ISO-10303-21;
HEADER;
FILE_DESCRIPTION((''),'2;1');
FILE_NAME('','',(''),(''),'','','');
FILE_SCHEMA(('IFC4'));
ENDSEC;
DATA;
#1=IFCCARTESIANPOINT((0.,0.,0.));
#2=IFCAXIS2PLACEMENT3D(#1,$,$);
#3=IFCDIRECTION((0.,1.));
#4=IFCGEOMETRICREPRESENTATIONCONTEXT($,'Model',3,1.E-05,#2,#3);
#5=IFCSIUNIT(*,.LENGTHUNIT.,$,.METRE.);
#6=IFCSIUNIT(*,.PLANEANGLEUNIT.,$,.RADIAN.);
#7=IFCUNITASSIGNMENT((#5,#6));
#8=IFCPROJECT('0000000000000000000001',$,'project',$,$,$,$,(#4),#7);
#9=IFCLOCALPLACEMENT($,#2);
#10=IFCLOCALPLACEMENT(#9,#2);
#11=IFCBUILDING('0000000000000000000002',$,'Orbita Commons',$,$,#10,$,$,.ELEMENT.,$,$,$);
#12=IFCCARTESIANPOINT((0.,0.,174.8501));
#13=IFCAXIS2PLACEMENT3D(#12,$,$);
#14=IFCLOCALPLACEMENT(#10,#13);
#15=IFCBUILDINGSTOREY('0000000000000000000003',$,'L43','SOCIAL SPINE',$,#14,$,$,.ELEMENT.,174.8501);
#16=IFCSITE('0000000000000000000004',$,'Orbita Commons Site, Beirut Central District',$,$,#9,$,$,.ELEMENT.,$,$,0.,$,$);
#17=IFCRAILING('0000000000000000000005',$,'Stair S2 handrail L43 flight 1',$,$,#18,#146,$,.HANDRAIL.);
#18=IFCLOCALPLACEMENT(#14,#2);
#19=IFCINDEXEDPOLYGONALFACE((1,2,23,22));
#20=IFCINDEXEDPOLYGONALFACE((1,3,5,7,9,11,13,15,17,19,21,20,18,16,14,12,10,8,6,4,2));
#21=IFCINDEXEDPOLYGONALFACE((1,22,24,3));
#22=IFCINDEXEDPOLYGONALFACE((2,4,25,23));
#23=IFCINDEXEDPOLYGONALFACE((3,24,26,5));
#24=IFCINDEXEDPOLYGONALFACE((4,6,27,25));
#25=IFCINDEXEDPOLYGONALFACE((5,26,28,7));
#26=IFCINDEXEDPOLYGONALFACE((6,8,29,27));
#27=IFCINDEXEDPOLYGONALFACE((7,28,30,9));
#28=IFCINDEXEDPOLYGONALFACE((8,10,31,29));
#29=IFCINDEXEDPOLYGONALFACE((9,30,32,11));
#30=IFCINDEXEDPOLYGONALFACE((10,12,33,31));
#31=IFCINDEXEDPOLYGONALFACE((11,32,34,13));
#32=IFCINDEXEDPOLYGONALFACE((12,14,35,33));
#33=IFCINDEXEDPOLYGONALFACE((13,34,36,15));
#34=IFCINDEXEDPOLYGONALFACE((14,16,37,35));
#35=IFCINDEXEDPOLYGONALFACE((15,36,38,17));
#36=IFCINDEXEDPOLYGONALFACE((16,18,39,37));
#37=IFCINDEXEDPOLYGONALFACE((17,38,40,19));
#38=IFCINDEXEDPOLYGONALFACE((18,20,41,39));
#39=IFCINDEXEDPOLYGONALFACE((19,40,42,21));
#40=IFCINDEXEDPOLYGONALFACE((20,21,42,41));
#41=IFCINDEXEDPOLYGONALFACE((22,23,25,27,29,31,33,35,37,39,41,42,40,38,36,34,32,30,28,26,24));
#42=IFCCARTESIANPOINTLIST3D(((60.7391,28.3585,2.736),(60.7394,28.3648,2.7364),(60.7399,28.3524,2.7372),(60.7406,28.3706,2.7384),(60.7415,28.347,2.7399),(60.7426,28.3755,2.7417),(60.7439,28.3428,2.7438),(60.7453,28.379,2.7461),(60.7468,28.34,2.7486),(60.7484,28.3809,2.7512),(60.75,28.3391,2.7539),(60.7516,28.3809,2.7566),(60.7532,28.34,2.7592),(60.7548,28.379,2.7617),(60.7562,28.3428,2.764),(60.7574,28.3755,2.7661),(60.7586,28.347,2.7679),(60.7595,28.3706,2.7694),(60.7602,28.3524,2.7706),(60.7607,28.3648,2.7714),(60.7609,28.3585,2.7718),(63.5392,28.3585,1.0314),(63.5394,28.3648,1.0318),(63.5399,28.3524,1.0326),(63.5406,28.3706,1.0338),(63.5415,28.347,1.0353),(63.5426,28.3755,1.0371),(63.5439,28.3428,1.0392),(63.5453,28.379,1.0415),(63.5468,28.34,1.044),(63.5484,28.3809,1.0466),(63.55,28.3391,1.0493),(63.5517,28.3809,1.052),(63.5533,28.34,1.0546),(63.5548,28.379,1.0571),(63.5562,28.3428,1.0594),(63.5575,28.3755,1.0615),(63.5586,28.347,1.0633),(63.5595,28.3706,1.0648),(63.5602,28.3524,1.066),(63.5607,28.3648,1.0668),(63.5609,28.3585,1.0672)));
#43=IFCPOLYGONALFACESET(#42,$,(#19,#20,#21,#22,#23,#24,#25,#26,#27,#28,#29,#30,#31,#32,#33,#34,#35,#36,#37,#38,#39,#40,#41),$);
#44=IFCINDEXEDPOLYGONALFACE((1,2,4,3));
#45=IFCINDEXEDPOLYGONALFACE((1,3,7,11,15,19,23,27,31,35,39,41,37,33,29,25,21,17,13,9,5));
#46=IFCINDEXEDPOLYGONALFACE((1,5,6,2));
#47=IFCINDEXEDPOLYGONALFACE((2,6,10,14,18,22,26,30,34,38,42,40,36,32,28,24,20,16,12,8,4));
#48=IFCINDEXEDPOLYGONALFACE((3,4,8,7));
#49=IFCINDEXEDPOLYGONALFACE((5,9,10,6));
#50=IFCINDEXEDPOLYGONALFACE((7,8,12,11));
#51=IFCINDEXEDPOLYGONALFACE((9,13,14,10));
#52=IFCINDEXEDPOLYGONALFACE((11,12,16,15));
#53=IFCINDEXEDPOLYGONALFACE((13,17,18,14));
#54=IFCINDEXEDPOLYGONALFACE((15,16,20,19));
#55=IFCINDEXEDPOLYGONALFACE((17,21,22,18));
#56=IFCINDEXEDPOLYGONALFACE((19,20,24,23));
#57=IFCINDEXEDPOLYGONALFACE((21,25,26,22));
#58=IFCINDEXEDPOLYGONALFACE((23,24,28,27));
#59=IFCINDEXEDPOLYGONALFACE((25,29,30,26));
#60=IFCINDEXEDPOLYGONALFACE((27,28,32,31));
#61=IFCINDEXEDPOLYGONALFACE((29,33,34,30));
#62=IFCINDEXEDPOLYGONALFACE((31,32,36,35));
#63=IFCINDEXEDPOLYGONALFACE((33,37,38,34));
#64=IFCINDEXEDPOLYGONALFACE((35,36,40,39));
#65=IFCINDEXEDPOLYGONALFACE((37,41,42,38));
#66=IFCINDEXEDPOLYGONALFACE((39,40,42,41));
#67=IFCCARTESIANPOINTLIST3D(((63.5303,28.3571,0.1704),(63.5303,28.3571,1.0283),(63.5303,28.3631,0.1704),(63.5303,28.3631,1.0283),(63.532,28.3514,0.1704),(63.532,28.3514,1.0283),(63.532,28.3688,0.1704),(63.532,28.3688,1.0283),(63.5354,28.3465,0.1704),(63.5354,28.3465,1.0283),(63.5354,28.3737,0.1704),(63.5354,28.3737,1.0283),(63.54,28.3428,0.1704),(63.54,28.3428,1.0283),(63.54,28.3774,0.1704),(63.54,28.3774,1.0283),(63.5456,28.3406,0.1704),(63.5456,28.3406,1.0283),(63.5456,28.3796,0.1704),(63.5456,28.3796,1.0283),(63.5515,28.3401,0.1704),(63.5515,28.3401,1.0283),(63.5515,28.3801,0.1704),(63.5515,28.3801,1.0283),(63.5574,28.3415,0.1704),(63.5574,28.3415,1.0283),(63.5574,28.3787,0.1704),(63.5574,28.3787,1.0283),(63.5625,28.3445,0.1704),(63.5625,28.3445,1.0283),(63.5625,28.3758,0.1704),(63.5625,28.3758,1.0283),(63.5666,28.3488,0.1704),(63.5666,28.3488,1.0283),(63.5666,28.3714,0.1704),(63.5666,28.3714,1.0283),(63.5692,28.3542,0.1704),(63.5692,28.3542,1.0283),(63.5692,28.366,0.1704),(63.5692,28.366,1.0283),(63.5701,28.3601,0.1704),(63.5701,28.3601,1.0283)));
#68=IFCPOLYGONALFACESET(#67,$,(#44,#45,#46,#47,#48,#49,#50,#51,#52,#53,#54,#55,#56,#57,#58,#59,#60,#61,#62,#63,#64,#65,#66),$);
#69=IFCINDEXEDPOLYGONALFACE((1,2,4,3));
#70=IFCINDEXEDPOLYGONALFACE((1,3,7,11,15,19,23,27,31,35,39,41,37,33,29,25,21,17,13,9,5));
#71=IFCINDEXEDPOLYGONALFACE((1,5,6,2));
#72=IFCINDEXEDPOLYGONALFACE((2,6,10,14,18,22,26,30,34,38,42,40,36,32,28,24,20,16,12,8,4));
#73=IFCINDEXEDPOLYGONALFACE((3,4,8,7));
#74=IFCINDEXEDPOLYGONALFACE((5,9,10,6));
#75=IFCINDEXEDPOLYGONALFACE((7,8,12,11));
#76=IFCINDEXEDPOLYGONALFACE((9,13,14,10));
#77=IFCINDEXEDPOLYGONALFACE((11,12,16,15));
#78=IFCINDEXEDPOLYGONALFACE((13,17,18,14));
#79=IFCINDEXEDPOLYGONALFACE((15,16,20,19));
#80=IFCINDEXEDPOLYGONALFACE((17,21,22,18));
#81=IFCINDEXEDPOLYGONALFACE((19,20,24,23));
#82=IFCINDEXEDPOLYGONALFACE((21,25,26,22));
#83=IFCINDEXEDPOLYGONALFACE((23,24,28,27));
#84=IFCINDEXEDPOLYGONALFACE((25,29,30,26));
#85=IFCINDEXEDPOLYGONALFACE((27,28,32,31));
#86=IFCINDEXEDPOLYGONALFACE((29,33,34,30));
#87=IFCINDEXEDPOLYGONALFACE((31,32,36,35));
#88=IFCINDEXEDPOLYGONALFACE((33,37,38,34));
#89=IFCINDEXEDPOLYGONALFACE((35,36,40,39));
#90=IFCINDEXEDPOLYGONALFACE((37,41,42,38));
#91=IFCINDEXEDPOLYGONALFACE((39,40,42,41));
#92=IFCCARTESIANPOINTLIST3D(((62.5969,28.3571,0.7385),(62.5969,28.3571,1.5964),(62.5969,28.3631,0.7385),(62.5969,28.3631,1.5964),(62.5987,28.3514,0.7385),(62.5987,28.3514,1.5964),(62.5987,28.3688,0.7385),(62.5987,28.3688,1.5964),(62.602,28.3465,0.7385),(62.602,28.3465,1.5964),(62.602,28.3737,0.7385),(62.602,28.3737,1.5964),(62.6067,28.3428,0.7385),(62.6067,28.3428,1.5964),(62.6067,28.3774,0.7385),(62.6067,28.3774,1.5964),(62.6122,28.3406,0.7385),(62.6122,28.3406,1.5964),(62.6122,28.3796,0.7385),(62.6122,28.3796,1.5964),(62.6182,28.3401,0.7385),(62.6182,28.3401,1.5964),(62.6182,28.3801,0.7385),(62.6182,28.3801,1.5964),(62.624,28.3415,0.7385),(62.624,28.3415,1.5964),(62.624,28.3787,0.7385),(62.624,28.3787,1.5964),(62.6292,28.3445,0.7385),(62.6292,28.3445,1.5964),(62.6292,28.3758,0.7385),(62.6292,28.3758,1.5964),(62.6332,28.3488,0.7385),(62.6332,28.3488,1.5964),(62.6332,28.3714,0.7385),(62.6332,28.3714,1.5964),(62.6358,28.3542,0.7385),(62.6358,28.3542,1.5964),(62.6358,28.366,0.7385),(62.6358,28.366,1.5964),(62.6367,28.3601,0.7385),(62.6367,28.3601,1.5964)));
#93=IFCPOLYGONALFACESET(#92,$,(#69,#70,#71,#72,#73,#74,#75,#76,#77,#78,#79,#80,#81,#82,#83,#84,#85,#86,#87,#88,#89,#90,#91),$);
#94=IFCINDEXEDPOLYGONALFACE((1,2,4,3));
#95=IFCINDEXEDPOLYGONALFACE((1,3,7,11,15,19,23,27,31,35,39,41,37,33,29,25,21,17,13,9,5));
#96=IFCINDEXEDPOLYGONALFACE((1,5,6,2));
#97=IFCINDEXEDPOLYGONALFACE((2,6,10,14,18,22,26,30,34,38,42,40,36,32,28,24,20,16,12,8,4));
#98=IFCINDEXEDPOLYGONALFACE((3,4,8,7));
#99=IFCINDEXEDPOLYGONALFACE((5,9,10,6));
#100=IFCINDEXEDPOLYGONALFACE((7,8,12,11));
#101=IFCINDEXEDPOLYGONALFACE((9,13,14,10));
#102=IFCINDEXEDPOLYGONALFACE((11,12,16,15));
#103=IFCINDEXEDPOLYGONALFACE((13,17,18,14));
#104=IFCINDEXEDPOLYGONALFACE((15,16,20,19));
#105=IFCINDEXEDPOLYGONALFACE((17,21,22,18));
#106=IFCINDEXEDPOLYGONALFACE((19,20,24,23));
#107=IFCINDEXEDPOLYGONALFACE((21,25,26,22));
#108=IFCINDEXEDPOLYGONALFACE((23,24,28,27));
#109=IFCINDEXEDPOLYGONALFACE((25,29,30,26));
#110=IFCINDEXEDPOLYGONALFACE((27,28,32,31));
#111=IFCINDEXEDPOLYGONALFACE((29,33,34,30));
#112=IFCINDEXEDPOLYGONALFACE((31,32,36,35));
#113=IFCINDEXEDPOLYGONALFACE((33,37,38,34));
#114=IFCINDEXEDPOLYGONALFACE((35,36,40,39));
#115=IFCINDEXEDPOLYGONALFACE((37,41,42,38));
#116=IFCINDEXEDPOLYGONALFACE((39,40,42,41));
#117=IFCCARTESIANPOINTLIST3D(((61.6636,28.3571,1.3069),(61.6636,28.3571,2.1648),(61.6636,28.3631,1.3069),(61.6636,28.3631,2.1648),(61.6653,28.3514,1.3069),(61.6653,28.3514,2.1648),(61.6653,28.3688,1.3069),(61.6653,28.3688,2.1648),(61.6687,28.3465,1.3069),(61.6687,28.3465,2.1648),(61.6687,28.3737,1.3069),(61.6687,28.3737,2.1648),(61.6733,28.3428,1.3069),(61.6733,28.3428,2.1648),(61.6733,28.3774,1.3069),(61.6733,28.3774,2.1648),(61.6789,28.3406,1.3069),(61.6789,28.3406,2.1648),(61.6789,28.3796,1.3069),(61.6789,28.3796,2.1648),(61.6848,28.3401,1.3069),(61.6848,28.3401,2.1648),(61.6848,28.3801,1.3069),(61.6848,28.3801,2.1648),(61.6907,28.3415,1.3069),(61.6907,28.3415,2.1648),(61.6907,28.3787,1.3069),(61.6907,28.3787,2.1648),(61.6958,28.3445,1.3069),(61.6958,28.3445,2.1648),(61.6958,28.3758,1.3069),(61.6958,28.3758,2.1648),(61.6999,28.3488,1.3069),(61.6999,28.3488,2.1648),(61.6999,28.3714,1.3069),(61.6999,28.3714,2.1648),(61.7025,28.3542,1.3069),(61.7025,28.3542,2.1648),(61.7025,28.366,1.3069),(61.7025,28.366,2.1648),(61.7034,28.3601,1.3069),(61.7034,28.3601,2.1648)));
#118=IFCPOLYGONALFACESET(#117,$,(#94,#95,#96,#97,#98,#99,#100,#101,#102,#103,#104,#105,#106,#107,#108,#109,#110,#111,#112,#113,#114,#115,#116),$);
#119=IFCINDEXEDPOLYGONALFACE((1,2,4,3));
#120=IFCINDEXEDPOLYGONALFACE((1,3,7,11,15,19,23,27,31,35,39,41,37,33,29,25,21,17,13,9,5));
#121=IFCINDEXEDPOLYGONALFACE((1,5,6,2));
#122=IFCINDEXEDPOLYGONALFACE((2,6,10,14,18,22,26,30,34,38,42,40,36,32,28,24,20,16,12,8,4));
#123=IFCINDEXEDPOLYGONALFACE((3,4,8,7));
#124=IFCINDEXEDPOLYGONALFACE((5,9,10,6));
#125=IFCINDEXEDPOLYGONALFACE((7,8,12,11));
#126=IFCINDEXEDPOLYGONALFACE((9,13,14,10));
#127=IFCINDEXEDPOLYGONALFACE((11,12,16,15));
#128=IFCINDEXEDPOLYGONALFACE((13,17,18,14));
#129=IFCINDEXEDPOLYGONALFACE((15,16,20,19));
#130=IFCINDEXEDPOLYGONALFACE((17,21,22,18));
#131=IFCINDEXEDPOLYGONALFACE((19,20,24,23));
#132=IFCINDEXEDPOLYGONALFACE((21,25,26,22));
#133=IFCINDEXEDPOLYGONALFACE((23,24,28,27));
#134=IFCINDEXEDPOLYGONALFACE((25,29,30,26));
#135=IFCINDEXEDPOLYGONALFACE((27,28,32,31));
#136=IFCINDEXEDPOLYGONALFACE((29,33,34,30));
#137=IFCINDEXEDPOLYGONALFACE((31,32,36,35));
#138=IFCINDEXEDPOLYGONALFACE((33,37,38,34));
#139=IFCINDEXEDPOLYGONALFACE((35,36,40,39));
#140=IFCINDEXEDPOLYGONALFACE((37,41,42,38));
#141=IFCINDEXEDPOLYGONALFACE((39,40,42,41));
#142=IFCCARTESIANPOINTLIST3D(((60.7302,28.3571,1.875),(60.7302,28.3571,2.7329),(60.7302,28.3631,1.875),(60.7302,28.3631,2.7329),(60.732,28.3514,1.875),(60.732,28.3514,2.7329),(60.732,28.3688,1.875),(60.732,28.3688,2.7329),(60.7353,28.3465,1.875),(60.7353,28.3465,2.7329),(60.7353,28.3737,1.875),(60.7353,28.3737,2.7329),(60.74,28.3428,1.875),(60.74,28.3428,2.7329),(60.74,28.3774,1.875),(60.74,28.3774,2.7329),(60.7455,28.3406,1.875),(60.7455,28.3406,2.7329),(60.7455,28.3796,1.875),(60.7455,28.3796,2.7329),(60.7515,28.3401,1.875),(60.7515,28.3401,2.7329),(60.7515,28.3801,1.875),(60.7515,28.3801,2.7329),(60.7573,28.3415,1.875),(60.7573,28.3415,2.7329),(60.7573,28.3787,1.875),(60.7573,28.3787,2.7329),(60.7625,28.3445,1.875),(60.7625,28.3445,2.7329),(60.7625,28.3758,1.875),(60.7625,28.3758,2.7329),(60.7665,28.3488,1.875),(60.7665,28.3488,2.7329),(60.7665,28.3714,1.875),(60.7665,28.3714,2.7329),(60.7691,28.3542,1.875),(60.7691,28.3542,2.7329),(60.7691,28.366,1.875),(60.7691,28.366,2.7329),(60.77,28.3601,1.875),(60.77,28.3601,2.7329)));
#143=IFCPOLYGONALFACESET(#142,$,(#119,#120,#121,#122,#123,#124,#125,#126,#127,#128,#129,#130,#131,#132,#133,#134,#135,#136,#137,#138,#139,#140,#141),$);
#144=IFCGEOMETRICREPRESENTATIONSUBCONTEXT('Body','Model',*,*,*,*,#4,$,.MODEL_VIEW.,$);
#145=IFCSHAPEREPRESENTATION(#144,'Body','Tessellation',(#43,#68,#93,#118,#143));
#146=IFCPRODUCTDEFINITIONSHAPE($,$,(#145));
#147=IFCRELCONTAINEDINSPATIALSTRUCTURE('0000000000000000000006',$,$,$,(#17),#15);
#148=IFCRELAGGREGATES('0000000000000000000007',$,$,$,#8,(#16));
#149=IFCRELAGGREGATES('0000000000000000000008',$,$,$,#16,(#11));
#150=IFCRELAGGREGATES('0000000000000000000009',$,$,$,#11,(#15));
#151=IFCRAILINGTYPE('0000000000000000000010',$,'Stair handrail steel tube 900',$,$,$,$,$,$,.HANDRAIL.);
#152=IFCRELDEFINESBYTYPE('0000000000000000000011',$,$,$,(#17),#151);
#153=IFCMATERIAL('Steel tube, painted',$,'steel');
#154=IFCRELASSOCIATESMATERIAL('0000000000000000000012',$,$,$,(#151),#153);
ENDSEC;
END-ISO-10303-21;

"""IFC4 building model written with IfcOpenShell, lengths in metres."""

from ifc_helpers import new_model, si_unit, direction, frame, origin, origin_2d, place, context, subcontext, project, spatial, circle, extrude, material, type_object, element, save


model = new_model("IFC4")

# Units and contexts
model_context = context("Model", 3, precision=1e-05, world=origin(), true_north=direction((0.0, 1.0)))
body_context = subcontext(model_context, "Body", "Model", "MODEL_VIEW")
ifc_project = project(units=[si_unit("LENGTHUNIT", "METRE"), si_unit("PLANEANGLEUNIT", "RADIAN")], contexts=[model_context])

# Site, building, storey
site_placement = place(None, origin())
site = spatial("IfcSite", under=ifc_project, at=site_placement, Name="Orbita Commons Site, Beirut Central District", CompositionType="ELEMENT", RefElevation=0.0)
building_placement = place(site_placement, origin())
building = spatial("IfcBuilding", under=site, at=building_placement, Name="Orbita Commons", CompositionType="ELEMENT")
storey_placement = place(building_placement, frame((0.0, 0.0, 174.8501)))
storey = spatial("IfcBuildingStorey", under=building, at=storey_placement, Name="L43", Description="SOCIAL SPINE", CompositionType="ELEMENT", Elevation=174.8501)

# Railing
ifc_material_1 = material(Name="Steel tube, painted", Category="steel")
railing_type = type_object("IfcRailingType", Name="Stair handrail steel tube 900", PredefinedType="HANDRAIL", material=ifc_material_1)
for number, where, name in (
    (1, (63.55, 28.3601, 0.1704), "Stair S2 handrail L43 flight 1"),
):
    element("IfcRailing", number, at=place(storey_placement, frame(where)), inside=storey, type_object=railing_type, Name=name, PredefinedType="HANDRAIL", context=body_context, shape_type="SweptSolid", body=[
        extrude(circle(Radius=0.021, at=origin_2d()), frame((0.0, 0.0, 0.8789), z_axis=(-0.85417, 0.0, 0.519994), x_axis=(0.0, -1.0, 0.0)), (0.0, 0.0, 1.0), 3.2781),
        extrude(circle(Radius=0.02, at=origin_2d()), origin(), (0.0, 0.0, 1.0), 0.8579),
        extrude(circle(Radius=0.02, at=origin_2d()), frame((-0.9333, 0.0, 0.5681)), (0.0, 0.0, 1.0), 0.8579),
        extrude(circle(Radius=0.02, at=origin_2d()), frame((-1.8667, 0.0, 1.1365)), (0.0, 0.0, 1.0), 0.8579),
        extrude(circle(Radius=0.02, at=origin_2d()), frame((-2.8, 0.0, 1.7046)), (0.0, 0.0, 1.0), 0.8579),
    ])

save(model, "model.ifc")
